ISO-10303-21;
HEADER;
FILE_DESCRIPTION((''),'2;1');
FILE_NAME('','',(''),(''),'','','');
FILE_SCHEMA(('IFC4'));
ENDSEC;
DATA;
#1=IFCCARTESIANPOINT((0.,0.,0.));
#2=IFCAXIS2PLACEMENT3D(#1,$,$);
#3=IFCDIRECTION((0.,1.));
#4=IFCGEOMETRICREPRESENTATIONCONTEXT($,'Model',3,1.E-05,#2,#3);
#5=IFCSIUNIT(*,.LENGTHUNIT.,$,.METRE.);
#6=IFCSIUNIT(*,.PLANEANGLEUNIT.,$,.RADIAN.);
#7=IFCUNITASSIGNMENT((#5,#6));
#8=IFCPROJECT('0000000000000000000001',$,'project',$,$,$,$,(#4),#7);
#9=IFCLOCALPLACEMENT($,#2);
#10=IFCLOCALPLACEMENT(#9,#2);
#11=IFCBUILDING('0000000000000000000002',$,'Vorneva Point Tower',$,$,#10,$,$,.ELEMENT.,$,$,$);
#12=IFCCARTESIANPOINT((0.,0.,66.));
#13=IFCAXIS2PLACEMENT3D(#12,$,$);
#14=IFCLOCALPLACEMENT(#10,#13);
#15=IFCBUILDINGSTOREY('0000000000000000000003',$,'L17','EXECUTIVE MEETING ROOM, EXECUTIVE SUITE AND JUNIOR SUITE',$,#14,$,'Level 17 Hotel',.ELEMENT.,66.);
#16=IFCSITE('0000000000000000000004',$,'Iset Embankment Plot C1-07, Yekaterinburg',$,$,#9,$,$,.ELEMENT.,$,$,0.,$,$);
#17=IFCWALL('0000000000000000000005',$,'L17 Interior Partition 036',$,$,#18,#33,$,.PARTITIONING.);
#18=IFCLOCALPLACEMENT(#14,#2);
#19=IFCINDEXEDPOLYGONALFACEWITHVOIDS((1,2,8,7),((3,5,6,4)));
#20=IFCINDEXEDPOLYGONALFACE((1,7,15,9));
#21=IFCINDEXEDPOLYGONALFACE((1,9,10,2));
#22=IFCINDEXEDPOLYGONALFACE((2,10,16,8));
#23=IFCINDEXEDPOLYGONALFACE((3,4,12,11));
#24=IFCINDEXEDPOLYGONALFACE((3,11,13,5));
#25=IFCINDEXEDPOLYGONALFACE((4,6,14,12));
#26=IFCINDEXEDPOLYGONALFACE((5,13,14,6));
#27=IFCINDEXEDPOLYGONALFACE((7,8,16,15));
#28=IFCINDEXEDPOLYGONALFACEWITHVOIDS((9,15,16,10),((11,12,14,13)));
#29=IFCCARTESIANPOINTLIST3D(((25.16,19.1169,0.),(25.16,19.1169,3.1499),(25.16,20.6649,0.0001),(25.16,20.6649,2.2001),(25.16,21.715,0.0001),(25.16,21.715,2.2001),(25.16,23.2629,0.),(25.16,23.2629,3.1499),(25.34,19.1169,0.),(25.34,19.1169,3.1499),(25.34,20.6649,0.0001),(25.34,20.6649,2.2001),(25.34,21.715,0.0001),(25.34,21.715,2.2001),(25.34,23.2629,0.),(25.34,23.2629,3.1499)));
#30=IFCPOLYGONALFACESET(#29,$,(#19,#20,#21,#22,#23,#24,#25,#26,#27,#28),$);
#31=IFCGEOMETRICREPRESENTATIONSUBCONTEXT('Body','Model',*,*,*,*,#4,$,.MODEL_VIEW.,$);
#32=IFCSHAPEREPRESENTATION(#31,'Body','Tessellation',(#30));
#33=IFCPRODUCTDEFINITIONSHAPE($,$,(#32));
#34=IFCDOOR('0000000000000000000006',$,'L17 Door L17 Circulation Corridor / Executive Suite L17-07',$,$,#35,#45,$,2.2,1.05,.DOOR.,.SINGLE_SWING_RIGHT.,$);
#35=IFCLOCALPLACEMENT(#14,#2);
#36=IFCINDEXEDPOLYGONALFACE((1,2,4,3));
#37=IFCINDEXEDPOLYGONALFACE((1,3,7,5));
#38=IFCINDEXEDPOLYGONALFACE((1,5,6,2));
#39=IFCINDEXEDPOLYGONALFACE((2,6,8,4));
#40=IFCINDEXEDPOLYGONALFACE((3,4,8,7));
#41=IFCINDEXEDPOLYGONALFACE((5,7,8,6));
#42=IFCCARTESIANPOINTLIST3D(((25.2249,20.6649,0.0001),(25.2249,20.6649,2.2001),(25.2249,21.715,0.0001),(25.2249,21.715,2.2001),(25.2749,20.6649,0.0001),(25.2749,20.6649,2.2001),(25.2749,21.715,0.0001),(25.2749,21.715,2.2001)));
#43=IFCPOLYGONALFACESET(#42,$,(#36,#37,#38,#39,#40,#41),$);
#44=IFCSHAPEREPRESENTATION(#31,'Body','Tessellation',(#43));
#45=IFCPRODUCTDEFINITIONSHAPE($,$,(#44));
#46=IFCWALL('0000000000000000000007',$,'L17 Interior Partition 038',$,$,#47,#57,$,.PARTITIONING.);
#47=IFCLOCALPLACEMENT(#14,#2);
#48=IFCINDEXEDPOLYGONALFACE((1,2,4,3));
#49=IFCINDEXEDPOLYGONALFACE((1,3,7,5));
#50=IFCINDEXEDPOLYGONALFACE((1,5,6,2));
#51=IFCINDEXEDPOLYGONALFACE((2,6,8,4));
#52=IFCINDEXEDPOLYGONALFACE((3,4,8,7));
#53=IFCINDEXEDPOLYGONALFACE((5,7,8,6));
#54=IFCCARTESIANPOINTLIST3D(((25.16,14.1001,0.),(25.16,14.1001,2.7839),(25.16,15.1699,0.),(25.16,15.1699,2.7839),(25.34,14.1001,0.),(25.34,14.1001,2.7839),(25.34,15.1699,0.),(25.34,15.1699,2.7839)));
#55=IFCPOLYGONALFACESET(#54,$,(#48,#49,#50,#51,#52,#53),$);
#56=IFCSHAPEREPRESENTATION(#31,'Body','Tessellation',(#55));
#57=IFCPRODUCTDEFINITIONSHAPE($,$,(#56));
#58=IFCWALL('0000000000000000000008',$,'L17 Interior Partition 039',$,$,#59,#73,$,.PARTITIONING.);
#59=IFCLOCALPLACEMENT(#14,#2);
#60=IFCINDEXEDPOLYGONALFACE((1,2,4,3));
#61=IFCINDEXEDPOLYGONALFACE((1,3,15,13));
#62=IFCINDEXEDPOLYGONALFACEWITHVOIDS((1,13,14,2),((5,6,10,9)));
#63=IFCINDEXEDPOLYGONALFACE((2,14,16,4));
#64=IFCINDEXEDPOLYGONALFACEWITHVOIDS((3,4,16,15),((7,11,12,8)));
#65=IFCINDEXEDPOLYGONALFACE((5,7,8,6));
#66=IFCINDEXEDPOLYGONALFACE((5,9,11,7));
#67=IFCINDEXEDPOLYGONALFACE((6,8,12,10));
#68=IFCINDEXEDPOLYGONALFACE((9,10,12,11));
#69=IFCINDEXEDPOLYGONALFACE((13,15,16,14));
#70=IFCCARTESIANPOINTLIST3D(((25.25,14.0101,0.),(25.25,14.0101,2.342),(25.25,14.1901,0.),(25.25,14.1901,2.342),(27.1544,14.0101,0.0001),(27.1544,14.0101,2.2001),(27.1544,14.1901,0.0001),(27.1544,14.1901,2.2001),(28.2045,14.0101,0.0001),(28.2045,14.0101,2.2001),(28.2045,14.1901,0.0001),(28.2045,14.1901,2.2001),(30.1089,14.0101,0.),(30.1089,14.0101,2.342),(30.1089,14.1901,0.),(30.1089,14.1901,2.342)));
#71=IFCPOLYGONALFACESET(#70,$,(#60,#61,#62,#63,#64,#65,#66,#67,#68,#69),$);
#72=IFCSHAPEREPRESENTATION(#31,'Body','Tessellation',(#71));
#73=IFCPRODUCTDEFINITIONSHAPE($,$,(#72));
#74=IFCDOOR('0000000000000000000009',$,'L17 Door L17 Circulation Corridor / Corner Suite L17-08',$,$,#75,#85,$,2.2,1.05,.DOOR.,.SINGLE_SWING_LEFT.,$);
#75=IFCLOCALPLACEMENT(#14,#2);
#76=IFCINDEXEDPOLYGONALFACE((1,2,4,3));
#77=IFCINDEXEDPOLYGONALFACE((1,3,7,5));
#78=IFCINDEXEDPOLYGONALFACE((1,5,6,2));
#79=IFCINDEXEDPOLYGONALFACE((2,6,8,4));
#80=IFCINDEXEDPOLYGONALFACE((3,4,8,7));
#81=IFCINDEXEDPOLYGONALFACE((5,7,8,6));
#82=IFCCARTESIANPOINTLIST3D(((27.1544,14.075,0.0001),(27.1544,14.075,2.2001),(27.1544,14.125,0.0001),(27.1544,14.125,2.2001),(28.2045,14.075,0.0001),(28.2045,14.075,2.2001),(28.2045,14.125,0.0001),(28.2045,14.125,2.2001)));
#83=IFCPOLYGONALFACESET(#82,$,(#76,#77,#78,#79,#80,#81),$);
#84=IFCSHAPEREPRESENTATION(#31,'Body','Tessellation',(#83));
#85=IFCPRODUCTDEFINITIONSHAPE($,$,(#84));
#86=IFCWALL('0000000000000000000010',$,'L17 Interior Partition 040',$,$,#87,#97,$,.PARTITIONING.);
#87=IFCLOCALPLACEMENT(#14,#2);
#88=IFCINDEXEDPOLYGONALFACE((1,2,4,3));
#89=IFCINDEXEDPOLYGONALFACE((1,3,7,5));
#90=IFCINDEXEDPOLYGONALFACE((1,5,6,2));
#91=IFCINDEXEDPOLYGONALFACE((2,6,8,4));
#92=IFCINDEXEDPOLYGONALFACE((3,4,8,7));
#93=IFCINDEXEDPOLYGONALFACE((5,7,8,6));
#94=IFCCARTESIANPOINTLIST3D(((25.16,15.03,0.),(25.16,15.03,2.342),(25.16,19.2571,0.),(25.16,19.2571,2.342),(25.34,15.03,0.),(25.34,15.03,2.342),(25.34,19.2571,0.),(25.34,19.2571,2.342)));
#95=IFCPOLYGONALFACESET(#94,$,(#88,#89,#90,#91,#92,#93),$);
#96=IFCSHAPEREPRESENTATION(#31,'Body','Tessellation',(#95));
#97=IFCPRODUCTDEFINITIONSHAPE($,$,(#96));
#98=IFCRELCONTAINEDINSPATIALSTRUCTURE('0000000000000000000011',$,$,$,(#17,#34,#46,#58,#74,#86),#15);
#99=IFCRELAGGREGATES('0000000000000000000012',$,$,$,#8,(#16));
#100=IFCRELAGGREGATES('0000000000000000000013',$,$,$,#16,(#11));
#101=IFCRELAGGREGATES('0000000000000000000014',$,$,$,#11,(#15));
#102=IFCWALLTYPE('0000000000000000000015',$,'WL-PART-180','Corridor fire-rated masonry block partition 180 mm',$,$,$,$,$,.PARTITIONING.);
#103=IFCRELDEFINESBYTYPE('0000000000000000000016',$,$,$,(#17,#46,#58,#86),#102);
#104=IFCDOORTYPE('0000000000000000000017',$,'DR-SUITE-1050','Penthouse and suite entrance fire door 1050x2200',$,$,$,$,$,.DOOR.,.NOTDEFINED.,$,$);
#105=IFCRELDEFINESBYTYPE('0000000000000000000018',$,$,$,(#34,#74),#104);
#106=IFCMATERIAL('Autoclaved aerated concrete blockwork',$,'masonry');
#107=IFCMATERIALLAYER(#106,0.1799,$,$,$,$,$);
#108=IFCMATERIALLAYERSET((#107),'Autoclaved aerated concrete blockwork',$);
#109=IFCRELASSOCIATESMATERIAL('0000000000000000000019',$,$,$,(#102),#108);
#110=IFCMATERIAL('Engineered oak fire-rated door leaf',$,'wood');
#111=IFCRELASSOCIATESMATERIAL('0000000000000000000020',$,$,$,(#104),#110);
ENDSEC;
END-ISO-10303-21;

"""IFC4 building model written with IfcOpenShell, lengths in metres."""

from ifc_helpers import new_model, si_unit, direction, frame, frame_2d, origin, place, context, subcontext, project, spatial, rectangle, extrude, material, layer, layer_set, type_object, element, fill, save


model = new_model("IFC4")

# Units and contexts
model_context = context("Model", 3, precision=1e-05, world=origin(), true_north=direction((0.0, 1.0)))
body_context = subcontext(model_context, "Body", "Model", "MODEL_VIEW")
ifc_project = project(units=[si_unit("LENGTHUNIT", "METRE"), si_unit("PLANEANGLEUNIT", "RADIAN")], contexts=[model_context])

# Site, building, storey
site_placement = place(None, origin())
site = spatial("IfcSite", under=ifc_project, at=site_placement, Name="Iset Embankment Plot C1-07, Yekaterinburg", CompositionType="ELEMENT", RefElevation=0.0)
building_placement = place(site_placement, origin())
building = spatial("IfcBuilding", under=site, at=building_placement, Name="Vorneva Point Tower", CompositionType="ELEMENT")
storey_placement = place(building_placement, frame((0.0, 0.0, 66.0)))
storey = spatial("IfcBuildingStorey", under=building, at=storey_placement, Name="L17", Description="EXECUTIVE MEETING ROOM, EXECUTIVE SUITE AND JUNIOR SUITE", LongName="Level 17 Hotel", CompositionType="ELEMENT", Elevation=66.0)

# Shared definitions
ifc_material_1 = material(Name="Engineered oak fire-rated door leaf", Category="wood")

# Wall, opening, door
ifc_material_2 = material(Name="Autoclaved aerated concrete blockwork", Category="masonry")
ifc_layer_1 = layer(ifc_material_2, 0.1799)
ifc_layer_set_1 = layer_set([ifc_layer_1], Name="Autoclaved aerated concrete blockwork")
wall_type_1 = type_object("IfcWallType", Name="WL-PART-180", Description="Corridor fire-rated masonry block partition 180 mm", PredefinedType="PARTITIONING", material=ifc_layer_set_1)
wall_1_placement = place(storey_placement, frame((25.25, 23.2629, 0.0), z_axis=(0.0, 0.0, 1.0), x_axis=(0.0, -1.0, 0.0)))
wall_1 = element("IfcWall", 1, at=wall_1_placement, inside=storey, type_object=wall_type_1, Name="L17 Interior Partition 036", PredefinedType="PARTITIONING", context=body_context, shape_type="SweptSolid", body=[
    extrude(rectangle(XDim=4.146, YDim=0.1799, at=frame_2d((2.073, 0.0))), origin(), (0.0, 0.0, 1.0), 3.1499),
])
opening_1_placement = place(wall_1_placement, frame((1.5481, 0.0, 0.0)))
opening_1 = element("IfcOpeningElement", 2, at=opening_1_placement, cuts=wall_1, PredefinedType="OPENING", context=body_context, shape_type="SweptSolid", body=[
    extrude(rectangle(XDim=1.05, YDim=2.2, at=frame_2d((0.5249, 1.1001))), frame((0.0, 0.105, 0.0), z_axis=(0.0, -1.0, 0.0), x_axis=(1.0, 0.0, 0.0)), (0.0, 0.0, 1.0), 0.2097),
])
door_type_1 = type_object("IfcDoorType", Name="DR-SUITE-1050", Description="Penthouse and suite entrance fire door 1050x2200", OperationType="NOTDEFINED", PredefinedType="DOOR", material=ifc_material_1)
door_1_placement = place(opening_1_placement, origin())
door_1 = element("IfcDoor", 3, at=door_1_placement, inside=storey, type_object=door_type_1, Name="L17 Door L17 Circulation Corridor / Executive Suite L17-07", OperationType="SINGLE_SWING_RIGHT", OverallHeight=2.2, OverallWidth=1.05, PredefinedType="DOOR", context=body_context, shape_type="SweptSolid", body=[
    extrude(rectangle(XDim=1.05, YDim=2.2, at=frame_2d((0.5249, 1.1001))), frame((0.0, 0.0249, 0.0), z_axis=(0.0, -1.0, 0.0), x_axis=(1.0, 0.0, 0.0)), (0.0, 0.0, 1.0), 0.05),
])
fill(opening_1, door_1)

# Wall
wall_2_placement = place(storey_placement, frame((25.25, 15.1699, 0.0), z_axis=(0.0, 0.0, 1.0), x_axis=(0.0, -1.0, 0.0)))
element("IfcWall", 4, at=wall_2_placement, inside=storey, type_object=wall_type_1, Name="L17 Interior Partition 038", PredefinedType="PARTITIONING", context=body_context, shape_type="SweptSolid", body=[
    extrude(rectangle(XDim=1.0698, YDim=0.1799, at=frame_2d((0.5349, 0.0))), origin(), (0.0, 0.0, 1.0), 2.7839),
])

# Wall, opening, door
wall_3_placement = place(storey_placement, frame((25.25, 14.1001, 0.0), z_axis=(0.0, 0.0, 1.0), x_axis=(1.0, 0.0, 0.0)))
wall_3 = element("IfcWall", 5, at=wall_3_placement, inside=storey, type_object=wall_type_1, Name="L17 Interior Partition 039", PredefinedType="PARTITIONING", context=body_context, shape_type="SweptSolid", body=[
    extrude(rectangle(XDim=4.8589, YDim=0.1799, at=frame_2d((2.4294, 0.0))), origin(), (0.0, 0.0, 1.0), 2.342),
])
opening_2_placement = place(wall_3_placement, frame((1.9045, 0.0, 0.0)))
opening_2 = element("IfcOpeningElement", 6, at=opening_2_placement, cuts=wall_3, PredefinedType="OPENING", context=body_context, shape_type="SweptSolid", body=[
    extrude(rectangle(XDim=1.05, YDim=2.2, at=frame_2d((0.5249, 1.1001))), frame((0.0, 0.105, 0.0), z_axis=(0.0, -1.0, 0.0), x_axis=(1.0, 0.0, 0.0)), (0.0, 0.0, 1.0), 0.2097),
])
door_2_placement = place(opening_2_placement, origin())
door_2 = element("IfcDoor", 7, at=door_2_placement, inside=storey, type_object=door_type_1, Name="L17 Door L17 Circulation Corridor / Corner Suite L17-08", OperationType="SINGLE_SWING_LEFT", OverallHeight=2.2, OverallWidth=1.05, PredefinedType="DOOR", context=body_context, shape_type="SweptSolid", body=[
    extrude(rectangle(XDim=1.05, YDim=2.2, at=frame_2d((0.5249, 1.1001))), frame((0.0, 0.0249, 0.0), z_axis=(0.0, -1.0, 0.0), x_axis=(1.0, 0.0, 0.0)), (0.0, 0.0, 1.0), 0.05),
])
fill(opening_2, door_2)

# Wall
wall_4_placement = place(storey_placement, frame((25.25, 19.2571, 0.0), z_axis=(0.0, 0.0, 1.0), x_axis=(0.0, -1.0, 0.0)))
element("IfcWall", 8, at=wall_4_placement, inside=storey, type_object=wall_type_1, Name="L17 Interior Partition 040", PredefinedType="PARTITIONING", context=body_context, shape_type="SweptSolid", body=[
    extrude(rectangle(XDim=4.2271, YDim=0.1799, at=frame_2d((2.1135, 0.0))), origin(), (0.0, 0.0, 1.0), 2.342),
])

save(model, "model.ifc")
